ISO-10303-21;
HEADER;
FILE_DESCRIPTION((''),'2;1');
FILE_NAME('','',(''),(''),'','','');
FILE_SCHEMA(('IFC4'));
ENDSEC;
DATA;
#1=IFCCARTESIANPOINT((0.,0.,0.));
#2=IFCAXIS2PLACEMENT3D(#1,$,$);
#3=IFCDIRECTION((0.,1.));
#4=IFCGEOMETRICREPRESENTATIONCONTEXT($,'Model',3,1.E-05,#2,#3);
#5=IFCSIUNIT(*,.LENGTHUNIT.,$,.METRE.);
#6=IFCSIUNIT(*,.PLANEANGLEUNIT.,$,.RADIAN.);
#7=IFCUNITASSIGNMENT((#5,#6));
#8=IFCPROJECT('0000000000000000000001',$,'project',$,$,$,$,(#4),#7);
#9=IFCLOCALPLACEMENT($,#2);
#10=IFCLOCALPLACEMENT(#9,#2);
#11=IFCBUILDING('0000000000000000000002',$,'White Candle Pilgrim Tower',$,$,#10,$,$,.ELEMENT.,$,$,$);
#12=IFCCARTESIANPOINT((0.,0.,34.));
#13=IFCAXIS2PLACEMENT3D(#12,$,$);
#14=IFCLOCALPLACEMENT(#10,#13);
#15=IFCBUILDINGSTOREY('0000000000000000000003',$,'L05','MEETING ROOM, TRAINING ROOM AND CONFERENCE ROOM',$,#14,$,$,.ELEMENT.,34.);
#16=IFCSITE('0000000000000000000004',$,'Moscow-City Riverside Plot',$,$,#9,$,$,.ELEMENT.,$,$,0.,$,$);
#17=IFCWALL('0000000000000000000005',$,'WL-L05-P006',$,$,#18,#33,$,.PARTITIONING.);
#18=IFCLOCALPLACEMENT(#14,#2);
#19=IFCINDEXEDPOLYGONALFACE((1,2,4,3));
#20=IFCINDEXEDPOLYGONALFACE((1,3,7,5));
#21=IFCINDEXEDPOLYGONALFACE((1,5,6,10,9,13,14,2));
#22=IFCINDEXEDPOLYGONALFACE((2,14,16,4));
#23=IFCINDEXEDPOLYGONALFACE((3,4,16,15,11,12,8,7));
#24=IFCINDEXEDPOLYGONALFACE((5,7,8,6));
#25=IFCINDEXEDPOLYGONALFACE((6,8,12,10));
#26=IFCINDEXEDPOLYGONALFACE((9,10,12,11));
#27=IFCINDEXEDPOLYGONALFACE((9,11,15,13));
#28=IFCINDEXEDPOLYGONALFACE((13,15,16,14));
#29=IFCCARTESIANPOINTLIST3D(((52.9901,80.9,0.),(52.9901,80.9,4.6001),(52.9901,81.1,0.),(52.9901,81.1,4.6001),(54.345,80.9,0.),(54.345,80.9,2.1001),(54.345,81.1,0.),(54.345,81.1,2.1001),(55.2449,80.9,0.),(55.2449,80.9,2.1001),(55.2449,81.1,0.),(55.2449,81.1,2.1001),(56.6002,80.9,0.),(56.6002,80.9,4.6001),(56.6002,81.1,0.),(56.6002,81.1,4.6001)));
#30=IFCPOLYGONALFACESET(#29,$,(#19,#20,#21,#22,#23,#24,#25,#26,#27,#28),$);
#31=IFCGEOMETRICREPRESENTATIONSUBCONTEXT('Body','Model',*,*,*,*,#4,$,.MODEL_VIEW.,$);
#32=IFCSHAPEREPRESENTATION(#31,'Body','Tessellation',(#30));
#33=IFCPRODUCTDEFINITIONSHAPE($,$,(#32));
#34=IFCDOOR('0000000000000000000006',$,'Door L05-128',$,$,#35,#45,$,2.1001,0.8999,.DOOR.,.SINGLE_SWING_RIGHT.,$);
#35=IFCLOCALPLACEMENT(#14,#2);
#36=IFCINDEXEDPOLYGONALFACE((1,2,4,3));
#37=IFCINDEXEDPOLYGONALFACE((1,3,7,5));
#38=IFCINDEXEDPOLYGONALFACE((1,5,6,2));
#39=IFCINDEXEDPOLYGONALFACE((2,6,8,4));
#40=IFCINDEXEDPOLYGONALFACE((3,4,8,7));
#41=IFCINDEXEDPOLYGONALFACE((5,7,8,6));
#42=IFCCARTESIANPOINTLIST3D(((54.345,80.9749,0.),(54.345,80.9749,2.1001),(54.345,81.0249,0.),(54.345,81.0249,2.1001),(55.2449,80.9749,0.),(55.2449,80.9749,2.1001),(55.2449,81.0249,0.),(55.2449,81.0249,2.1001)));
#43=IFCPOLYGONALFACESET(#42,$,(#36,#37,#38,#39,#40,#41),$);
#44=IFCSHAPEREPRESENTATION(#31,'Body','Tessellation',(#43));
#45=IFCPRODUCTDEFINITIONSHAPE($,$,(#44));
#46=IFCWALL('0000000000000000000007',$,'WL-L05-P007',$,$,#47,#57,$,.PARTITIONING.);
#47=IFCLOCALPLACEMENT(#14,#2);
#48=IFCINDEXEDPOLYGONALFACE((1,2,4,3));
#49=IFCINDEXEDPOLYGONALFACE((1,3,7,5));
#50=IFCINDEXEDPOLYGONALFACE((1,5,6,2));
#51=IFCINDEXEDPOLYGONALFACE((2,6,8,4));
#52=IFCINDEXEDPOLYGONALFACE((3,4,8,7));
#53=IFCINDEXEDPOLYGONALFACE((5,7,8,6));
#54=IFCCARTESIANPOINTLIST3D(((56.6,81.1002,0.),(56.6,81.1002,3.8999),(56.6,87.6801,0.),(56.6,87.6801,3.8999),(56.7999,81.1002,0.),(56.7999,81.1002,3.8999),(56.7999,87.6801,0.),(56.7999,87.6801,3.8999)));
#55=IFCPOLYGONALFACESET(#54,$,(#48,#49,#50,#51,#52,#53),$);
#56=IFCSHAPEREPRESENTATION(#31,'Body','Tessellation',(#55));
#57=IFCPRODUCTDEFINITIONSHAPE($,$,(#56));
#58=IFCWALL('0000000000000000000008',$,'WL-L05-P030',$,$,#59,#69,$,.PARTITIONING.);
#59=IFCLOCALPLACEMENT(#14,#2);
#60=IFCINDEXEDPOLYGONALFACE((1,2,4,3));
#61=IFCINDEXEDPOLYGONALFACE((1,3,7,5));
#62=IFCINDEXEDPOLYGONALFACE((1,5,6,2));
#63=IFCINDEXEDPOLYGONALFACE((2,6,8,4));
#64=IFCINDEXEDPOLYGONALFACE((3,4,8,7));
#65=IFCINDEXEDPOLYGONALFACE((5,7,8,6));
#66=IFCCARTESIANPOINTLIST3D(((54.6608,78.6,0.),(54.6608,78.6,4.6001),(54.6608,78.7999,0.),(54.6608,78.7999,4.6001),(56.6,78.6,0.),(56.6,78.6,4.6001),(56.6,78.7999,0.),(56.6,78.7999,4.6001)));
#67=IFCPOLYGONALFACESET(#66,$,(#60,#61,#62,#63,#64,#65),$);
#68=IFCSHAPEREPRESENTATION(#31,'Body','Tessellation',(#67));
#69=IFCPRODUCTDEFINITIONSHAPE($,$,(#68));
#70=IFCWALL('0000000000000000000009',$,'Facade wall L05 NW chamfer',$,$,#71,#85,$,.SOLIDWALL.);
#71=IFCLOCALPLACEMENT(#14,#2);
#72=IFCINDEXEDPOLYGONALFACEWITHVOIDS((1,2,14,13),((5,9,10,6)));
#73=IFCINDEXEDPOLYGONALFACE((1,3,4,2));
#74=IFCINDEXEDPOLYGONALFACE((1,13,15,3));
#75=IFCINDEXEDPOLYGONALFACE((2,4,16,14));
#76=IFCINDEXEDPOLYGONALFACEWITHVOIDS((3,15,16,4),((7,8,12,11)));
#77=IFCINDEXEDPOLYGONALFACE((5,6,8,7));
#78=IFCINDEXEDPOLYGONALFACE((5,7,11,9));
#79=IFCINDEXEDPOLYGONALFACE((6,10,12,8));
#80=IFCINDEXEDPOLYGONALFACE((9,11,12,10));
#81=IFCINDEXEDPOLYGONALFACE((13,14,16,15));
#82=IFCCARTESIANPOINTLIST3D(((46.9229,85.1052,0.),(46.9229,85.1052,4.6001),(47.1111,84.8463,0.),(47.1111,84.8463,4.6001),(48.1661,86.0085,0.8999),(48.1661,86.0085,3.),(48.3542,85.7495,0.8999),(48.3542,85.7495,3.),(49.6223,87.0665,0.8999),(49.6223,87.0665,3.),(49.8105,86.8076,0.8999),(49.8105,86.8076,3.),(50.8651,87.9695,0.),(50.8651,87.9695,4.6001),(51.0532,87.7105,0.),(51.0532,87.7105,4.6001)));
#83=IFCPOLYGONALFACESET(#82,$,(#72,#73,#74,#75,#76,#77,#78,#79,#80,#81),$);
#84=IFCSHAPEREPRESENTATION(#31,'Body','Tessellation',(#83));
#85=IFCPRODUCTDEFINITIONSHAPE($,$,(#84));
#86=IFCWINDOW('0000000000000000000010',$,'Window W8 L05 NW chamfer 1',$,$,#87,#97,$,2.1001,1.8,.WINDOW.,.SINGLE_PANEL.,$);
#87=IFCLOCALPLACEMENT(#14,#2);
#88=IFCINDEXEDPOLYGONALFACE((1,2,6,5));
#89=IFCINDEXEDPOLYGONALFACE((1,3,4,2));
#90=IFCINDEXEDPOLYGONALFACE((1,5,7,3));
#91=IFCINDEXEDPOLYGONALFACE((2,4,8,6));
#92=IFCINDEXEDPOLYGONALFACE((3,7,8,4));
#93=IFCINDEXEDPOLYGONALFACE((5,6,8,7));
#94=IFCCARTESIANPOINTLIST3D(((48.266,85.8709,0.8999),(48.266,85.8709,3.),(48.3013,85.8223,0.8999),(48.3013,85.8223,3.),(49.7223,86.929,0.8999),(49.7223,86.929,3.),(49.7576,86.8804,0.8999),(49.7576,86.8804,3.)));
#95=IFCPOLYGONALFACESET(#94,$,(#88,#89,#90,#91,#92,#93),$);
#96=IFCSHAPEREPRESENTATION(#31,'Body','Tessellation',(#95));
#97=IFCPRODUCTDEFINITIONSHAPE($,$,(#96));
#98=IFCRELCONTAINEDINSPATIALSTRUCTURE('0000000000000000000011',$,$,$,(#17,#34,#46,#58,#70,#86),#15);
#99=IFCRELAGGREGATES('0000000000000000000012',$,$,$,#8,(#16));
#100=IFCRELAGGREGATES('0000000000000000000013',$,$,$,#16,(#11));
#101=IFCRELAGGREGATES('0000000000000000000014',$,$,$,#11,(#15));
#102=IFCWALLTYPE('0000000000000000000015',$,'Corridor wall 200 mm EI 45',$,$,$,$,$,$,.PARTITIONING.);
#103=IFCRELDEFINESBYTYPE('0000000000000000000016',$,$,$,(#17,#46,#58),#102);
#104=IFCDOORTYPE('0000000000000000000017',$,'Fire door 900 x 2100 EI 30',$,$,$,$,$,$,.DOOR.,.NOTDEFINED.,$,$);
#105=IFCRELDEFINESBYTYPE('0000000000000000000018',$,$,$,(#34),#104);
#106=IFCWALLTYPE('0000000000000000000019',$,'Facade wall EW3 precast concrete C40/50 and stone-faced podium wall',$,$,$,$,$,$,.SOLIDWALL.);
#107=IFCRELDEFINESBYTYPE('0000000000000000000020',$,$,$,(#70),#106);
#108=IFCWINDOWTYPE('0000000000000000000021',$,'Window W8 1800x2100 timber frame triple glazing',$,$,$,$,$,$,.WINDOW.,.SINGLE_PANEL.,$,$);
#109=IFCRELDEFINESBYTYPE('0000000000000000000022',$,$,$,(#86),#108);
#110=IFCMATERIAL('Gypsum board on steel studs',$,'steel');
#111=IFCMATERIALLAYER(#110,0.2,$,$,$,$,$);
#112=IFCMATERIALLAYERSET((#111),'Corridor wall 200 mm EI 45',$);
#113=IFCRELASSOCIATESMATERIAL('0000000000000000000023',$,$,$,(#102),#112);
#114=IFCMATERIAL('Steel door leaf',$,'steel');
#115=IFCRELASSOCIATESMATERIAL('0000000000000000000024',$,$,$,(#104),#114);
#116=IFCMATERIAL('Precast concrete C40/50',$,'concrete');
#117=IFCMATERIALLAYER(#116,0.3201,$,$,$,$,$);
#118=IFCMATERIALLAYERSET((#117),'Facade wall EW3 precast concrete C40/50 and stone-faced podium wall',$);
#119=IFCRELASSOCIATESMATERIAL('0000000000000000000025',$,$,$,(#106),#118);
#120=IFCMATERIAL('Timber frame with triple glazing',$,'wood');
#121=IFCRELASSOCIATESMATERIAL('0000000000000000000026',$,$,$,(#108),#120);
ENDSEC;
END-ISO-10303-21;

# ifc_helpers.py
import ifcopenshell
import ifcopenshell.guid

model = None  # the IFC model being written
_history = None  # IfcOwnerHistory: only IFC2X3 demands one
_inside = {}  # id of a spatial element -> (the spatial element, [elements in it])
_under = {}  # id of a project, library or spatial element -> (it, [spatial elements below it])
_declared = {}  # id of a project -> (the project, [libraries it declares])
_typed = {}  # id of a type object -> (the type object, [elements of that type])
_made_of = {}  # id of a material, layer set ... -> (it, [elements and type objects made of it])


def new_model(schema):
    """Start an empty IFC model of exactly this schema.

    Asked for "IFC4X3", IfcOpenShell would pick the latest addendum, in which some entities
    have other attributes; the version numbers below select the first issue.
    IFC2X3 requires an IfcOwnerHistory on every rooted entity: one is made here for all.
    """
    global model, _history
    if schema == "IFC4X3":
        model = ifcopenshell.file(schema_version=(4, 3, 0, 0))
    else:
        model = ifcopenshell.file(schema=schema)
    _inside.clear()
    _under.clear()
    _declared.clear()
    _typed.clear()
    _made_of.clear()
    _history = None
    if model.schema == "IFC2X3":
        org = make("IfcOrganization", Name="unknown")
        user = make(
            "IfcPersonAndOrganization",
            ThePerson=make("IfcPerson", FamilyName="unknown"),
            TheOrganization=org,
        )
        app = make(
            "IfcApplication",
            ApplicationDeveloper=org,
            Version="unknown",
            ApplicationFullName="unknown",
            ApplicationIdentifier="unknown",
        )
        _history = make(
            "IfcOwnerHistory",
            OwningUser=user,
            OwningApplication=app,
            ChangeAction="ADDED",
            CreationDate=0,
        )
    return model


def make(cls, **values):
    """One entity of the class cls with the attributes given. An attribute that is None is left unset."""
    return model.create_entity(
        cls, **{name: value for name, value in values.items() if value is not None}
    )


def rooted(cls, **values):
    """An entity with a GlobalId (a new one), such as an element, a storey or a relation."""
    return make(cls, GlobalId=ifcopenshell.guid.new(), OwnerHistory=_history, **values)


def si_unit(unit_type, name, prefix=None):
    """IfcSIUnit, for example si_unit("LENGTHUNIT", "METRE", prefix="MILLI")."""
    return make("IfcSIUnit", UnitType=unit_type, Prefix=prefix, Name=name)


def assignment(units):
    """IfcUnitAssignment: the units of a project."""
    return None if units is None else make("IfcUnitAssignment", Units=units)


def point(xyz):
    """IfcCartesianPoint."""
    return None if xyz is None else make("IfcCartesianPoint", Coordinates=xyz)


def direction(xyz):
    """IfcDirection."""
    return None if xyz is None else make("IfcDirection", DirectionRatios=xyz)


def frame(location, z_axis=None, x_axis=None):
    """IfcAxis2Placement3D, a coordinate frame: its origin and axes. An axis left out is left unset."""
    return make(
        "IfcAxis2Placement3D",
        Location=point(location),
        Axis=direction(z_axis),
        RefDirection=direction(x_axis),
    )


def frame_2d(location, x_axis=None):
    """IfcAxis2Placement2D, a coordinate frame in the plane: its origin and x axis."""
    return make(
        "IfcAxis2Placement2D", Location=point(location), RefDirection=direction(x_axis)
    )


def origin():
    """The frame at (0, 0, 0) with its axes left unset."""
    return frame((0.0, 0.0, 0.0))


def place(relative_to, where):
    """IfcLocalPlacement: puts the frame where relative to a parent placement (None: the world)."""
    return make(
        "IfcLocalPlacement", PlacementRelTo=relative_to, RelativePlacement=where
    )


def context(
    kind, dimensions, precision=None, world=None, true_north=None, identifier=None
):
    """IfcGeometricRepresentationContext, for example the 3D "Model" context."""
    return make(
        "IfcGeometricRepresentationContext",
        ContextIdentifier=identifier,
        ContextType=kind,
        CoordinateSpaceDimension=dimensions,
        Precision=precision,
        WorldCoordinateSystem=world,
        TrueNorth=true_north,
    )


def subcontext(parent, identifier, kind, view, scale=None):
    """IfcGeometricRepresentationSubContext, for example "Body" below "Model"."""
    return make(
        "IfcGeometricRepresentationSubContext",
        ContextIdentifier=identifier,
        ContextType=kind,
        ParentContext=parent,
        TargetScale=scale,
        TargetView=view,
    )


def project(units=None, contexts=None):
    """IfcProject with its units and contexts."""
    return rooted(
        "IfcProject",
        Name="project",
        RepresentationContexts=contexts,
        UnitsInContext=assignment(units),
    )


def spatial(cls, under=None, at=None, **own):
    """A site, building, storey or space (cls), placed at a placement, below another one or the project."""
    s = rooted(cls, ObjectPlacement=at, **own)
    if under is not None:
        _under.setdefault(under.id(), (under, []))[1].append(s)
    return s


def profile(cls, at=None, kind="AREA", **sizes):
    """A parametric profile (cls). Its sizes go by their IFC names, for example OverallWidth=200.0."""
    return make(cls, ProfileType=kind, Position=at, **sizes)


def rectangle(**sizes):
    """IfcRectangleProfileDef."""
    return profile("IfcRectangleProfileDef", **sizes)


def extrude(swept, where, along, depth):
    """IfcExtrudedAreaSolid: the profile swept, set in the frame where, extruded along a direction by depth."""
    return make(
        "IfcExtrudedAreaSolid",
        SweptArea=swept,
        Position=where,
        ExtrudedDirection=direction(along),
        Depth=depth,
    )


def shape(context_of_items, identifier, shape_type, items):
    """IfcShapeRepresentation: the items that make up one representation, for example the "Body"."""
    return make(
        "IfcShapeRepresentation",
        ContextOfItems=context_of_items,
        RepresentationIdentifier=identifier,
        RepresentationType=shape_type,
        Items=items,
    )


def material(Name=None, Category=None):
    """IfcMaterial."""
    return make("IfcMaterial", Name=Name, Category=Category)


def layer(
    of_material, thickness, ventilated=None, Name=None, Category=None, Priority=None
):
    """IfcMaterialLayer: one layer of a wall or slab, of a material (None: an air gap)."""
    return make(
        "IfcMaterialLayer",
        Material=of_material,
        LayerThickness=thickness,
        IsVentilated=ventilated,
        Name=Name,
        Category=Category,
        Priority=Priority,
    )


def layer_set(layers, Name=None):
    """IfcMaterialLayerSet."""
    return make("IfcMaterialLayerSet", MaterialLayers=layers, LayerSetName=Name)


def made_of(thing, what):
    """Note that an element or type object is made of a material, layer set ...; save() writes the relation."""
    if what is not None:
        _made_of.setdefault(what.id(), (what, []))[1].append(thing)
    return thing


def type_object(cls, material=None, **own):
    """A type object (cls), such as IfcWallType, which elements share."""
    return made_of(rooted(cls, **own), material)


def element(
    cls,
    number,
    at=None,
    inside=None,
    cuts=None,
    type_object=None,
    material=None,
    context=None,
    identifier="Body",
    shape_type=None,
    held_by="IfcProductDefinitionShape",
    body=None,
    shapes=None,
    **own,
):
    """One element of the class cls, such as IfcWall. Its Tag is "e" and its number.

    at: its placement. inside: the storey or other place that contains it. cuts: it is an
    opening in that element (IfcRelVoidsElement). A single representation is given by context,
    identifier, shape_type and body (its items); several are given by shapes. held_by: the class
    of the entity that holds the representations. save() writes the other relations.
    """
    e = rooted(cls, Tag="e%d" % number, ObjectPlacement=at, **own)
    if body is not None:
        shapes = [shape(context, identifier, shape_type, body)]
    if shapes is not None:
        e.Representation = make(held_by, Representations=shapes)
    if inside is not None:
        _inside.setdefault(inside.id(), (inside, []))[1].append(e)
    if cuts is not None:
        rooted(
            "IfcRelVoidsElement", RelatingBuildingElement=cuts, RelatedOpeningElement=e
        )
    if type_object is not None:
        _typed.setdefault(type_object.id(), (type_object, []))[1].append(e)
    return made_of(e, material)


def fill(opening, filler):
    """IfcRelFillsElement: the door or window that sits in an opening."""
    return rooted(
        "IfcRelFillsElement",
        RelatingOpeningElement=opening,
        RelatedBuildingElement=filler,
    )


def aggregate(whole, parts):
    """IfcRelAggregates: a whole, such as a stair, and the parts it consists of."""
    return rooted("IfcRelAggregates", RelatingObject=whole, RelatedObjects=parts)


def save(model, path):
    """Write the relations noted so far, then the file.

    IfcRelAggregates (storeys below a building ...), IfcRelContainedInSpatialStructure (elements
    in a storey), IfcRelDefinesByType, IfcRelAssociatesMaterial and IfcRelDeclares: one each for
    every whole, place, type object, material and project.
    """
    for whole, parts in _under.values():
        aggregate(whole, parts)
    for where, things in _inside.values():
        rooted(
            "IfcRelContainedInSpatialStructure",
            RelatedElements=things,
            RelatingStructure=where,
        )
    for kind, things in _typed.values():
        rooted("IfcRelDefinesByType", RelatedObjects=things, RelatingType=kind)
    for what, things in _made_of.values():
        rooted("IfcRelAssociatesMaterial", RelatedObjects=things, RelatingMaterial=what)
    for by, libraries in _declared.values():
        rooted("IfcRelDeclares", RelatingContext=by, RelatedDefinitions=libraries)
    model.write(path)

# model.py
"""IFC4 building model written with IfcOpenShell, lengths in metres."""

from ifc_helpers import new_model, si_unit, direction, frame, frame_2d, origin, place, context, subcontext, project, spatial, rectangle, extrude, material, layer, layer_set, type_object, element, fill, save


model = new_model("IFC4")

# Units and contexts
model_context = context("Model", 3, precision=1e-05, world=origin(), true_north=direction((0.0, 1.0)))
body_context = subcontext(model_context, "Body", "Model", "MODEL_VIEW")
ifc_project = project(units=[si_unit("LENGTHUNIT", "METRE"), si_unit("PLANEANGLEUNIT", "RADIAN")], contexts=[model_context])

# Site, building, storey
site_placement = place(None, origin())
site = spatial("IfcSite", under=ifc_project, at=site_placement, Name="Moscow-City Riverside Plot", CompositionType="ELEMENT", RefElevation=0.0)
building_placement = place(site_placement, origin())
building = spatial("IfcBuilding", under=site, at=building_placement, Name="White Candle Pilgrim Tower", CompositionType="ELEMENT")
storey_placement = place(building_placement, frame((0.0, 0.0, 34.0)))
storey = spatial("IfcBuildingStorey", under=building, at=storey_placement, Name="L05", Description="MEETING ROOM, TRAINING ROOM AND CONFERENCE ROOM", CompositionType="ELEMENT", Elevation=34.0)

# Wall, opening, door
ifc_material_1 = material(Name="Gypsum board on steel studs", Category="steel")
ifc_layer_1 = layer(ifc_material_1, 0.2)
ifc_layer_set_1 = layer_set([ifc_layer_1], Name="Corridor wall 200 mm EI 45")
wall_type_1 = type_object("IfcWallType", Name="Corridor wall 200 mm EI 45", PredefinedType="PARTITIONING", material=ifc_layer_set_1)
wall_1_placement = place(storey_placement, frame((52.99, 81.0, 0.0), z_axis=(0.0, 0.0, 1.0), x_axis=(1.0, 0.0, 0.0)))
wall_1 = element("IfcWall", 1, at=wall_1_placement, inside=storey, type_object=wall_type_1, Name="WL-L05-P006", PredefinedType="PARTITIONING", context=body_context, shape_type="SweptSolid", body=[
    extrude(rectangle(XDim=3.6101, YDim=0.2, at=frame_2d((1.8052, 0.0))), origin(), (0.0, 0.0, 1.0), 4.6001),
])
opening_1_placement = place(wall_1_placement, frame((1.355, 0.0, 0.0)))
opening_1 = element("IfcOpeningElement", 2, at=opening_1_placement, cuts=wall_1, PredefinedType="OPENING", context=body_context, shape_type="SweptSolid", body=[
    extrude(rectangle(XDim=0.8999, YDim=2.1001, at=frame_2d((0.45, 1.05))), frame((0.0, 0.1099, 0.0), z_axis=(0.0, -1.0, 0.0), x_axis=(1.0, 0.0, 0.0)), (0.0, 0.0, 1.0), 0.22),
])
ifc_material_2 = material(Name="Steel door leaf", Category="steel")
door_type = type_object("IfcDoorType", Name="Fire door 900 x 2100 EI 30", OperationType="NOTDEFINED", PredefinedType="DOOR", material=ifc_material_2)
door_placement = place(opening_1_placement, origin())
door = element("IfcDoor", 3, at=door_placement, inside=storey, type_object=door_type, Name="Door L05-128", OperationType="SINGLE_SWING_RIGHT", OverallHeight=2.1001, OverallWidth=0.8999, PredefinedType="DOOR", context=body_context, shape_type="SweptSolid", body=[
    extrude(rectangle(XDim=0.8999, YDim=2.1001, at=frame_2d((0.45, 1.05))), frame((0.0, 0.0249, 0.0), z_axis=(0.0, -1.0, 0.0), x_axis=(1.0, 0.0, 0.0)), (0.0, 0.0, 1.0), 0.05),
])
fill(opening_1, door)

# Walls
wall_2_placement = place(storey_placement, frame((56.7, 81.1001, 0.0), z_axis=(0.0, 0.0, 1.0), x_axis=(0.0, 1.0, 0.0)))
element("IfcWall", 4, at=wall_2_placement, inside=storey, type_object=wall_type_1, Name="WL-L05-P007", PredefinedType="PARTITIONING", context=body_context, shape_type="SweptSolid", body=[
    extrude(rectangle(XDim=6.5798, YDim=0.2, at=frame_2d((3.29, 0.0))), origin(), (0.0, 0.0, 1.0), 3.8999),
])
wall_3_placement = place(storey_placement, frame((56.6001, 78.7, 0.0), z_axis=(0.0, 0.0, 1.0), x_axis=(-1.0, 0.0, 0.0)))
element("IfcWall", 5, at=wall_3_placement, inside=storey, type_object=wall_type_1, Name="WL-L05-P030", PredefinedType="PARTITIONING", context=body_context, shape_type="SweptSolid", body=[
    extrude(rectangle(XDim=1.9392, YDim=0.2, at=frame_2d((0.9697, 0.0))), origin(), (0.0, 0.0, 1.0), 4.6001),
])

# Wall, opening, window
ifc_material_3 = material(Name="Precast concrete C40/50", Category="concrete")
ifc_layer_2 = layer(ifc_material_3, 0.3201)
ifc_layer_set_2 = layer_set([ifc_layer_2], Name="Facade wall EW3 precast concrete C40/50 and stone-faced podium wall")
wall_type_2 = type_object("IfcWallType", Name="Facade wall EW3 precast concrete C40/50 and stone-faced podium wall", PredefinedType="SOLIDWALL", material=ifc_layer_set_2)
wall_4_placement = place(storey_placement, frame((50.9592, 87.8401, 0.0), z_axis=(0.0, 0.0, 1.0), x_axis=(-0.809005, -0.587802, 0.0)))
wall_4 = element("IfcWall", 6, at=wall_4_placement, inside=storey, type_object=wall_type_2, Name="Facade wall L05 NW chamfer", PredefinedType="SOLIDWALL", context=body_context, shape_type="SweptSolid", body=[
    extrude(rectangle(XDim=4.8728, YDim=0.3201, at=frame_2d((2.4365, 0.0))), origin(), (0.0, 0.0, 1.0), 4.6001),
])
opening_2_placement = place(wall_4_placement, frame((1.5364, 0.0, 0.8999)))
opening_2 = element("IfcOpeningElement", 7, at=opening_2_placement, cuts=wall_4, PredefinedType="OPENING", context=body_context, shape_type="SweptSolid", body=[
    extrude(rectangle(XDim=1.8, YDim=2.1001, at=frame_2d((0.8999, 1.05))), frame((0.0, 0.1699, 0.0), z_axis=(0.0, -1.0, 0.0), x_axis=(1.0, 0.0, 0.0)), (0.0, 0.0, 1.0), 0.3401),
])
ifc_material_4 = material(Name="Timber frame with triple glazing", Category="wood")
window_type = type_object("IfcWindowType", Name="Window W8 1800x2100 timber frame triple glazing", PartitioningType="SINGLE_PANEL", PredefinedType="WINDOW", material=ifc_material_4)
window_1_placement = place(opening_2_placement, origin())
window_1 = element("IfcWindow", 8, at=window_1_placement, inside=storey, type_object=window_type, Name="Window W8 L05 NW chamfer 1", OverallHeight=2.1001, OverallWidth=1.8, PartitioningType="SINGLE_PANEL", PredefinedType="WINDOW", context=body_context, shape_type="SweptSolid", body=[
    extrude(rectangle(XDim=1.8, YDim=2.1001, at=frame_2d((0.8999, 1.05))), frame((0.0, 0.0701, 0.0), z_axis=(0.0, -1.0, 0.0), x_axis=(1.0, 0.0, 0.0)), (0.0, 0.0, 1.0), 0.0601),
])
fill(opening_2, window_1)

save(model, "model.ifc")
